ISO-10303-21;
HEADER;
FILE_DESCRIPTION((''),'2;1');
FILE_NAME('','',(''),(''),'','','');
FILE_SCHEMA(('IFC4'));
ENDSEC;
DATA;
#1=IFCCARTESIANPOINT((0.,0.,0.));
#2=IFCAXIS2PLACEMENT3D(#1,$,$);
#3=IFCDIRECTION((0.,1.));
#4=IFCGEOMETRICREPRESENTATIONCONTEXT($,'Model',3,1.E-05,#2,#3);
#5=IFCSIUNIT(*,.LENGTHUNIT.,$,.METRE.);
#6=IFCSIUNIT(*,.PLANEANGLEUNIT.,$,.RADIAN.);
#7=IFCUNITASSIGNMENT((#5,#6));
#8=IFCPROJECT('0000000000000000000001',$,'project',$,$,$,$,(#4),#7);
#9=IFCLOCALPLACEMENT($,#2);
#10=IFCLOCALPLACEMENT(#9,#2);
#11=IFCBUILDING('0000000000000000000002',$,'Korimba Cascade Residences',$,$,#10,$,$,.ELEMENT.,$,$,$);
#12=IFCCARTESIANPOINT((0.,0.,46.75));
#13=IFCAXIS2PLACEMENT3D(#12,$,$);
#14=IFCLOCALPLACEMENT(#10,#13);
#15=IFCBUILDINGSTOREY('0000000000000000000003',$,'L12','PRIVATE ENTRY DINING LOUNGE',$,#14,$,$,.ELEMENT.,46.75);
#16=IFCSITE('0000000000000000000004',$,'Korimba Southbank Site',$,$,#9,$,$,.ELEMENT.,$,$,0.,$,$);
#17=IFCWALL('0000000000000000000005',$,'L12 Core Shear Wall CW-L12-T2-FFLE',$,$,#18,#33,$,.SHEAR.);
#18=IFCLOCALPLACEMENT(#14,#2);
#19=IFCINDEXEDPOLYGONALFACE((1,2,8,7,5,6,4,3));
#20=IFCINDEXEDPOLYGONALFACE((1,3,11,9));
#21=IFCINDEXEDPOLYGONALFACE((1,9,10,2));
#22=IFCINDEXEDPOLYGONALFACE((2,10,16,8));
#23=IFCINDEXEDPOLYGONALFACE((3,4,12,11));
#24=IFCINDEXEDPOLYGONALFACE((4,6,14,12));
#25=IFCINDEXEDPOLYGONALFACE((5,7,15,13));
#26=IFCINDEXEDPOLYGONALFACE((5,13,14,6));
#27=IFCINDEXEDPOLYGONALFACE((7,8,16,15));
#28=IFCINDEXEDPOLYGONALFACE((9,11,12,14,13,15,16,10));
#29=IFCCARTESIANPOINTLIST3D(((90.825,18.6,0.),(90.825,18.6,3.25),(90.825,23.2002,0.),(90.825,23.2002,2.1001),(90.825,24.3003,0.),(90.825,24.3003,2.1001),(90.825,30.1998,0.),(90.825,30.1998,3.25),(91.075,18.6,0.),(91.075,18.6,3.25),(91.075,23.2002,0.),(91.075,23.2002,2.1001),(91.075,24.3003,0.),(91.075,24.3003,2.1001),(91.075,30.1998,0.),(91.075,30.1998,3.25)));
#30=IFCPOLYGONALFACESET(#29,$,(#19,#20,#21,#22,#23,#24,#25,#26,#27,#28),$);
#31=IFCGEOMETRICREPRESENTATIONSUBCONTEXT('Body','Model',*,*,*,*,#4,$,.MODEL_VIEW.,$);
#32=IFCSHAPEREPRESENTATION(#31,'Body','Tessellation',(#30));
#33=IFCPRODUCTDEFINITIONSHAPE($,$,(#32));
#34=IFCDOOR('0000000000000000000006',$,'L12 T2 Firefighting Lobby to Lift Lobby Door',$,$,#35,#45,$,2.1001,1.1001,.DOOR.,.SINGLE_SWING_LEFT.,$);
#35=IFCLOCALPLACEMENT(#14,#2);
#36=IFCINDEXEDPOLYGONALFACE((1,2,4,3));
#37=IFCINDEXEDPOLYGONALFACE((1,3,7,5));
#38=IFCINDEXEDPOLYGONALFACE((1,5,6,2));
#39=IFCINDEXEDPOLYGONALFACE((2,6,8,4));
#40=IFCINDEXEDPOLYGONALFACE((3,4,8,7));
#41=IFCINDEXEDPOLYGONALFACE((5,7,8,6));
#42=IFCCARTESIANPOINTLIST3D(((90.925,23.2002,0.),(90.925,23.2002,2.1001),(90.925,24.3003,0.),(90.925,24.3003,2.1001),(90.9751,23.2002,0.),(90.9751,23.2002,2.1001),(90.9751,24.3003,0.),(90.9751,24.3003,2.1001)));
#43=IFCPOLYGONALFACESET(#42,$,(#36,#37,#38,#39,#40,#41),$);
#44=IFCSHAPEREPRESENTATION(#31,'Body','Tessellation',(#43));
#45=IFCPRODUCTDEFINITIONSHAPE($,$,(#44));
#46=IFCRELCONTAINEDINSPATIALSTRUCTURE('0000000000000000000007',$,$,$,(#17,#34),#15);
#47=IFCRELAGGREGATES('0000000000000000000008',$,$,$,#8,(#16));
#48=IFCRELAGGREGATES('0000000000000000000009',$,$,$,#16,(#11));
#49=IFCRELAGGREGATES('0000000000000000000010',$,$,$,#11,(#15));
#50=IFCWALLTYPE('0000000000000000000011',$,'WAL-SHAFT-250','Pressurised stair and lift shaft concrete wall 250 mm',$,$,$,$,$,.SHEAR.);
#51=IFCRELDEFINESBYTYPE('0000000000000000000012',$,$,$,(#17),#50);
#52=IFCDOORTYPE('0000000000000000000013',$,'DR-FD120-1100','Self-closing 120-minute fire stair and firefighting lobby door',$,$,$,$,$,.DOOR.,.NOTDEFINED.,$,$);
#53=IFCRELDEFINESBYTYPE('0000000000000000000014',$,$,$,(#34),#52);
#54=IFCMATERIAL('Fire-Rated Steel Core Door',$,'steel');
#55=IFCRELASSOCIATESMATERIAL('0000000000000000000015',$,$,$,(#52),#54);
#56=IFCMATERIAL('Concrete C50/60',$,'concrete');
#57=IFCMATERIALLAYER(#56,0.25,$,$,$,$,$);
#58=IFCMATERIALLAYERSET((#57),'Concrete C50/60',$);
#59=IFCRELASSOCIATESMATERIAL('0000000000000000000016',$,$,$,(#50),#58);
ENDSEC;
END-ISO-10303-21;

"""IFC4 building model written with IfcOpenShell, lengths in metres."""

from ifc_helpers import new_model, si_unit, direction, frame, frame_2d, origin, place, context, subcontext, project, spatial, rectangle, extrude, material, layer, layer_set, type_object, element, fill, save


model = new_model("IFC4")

# Units and contexts
model_context = context("Model", 3, precision=1e-05, world=origin(), true_north=direction((0.0, 1.0)))
body_context = subcontext(model_context, "Body", "Model", "MODEL_VIEW")
ifc_project = project(units=[si_unit("LENGTHUNIT", "METRE"), si_unit("PLANEANGLEUNIT", "RADIAN")], contexts=[model_context])

# Site, building, storey
site_placement = place(None, origin())
site = spatial("IfcSite", under=ifc_project, at=site_placement, Name="Korimba Southbank Site", CompositionType="ELEMENT", RefElevation=0.0)
building_placement = place(site_placement, origin())
building = spatial("IfcBuilding", under=site, at=building_placement, Name="Korimba Cascade Residences", CompositionType="ELEMENT")
storey_placement = place(building_placement, frame((0.0, 0.0, 46.75)))
storey = spatial("IfcBuildingStorey", under=building, at=storey_placement, Name="L12", Description="PRIVATE ENTRY DINING LOUNGE", CompositionType="ELEMENT", Elevation=46.75)

# Shared definitions
ifc_material_1 = material(Name="Concrete C50/60", Category="concrete")

# Shared definitions
ifc_material_2 = material(Name="Fire-Rated Steel Core Door", Category="steel")
door_type_1 = type_object("IfcDoorType", Name="DR-FD120-1100", Description="Self-closing 120-minute fire stair and firefighting lobby door", OperationType="NOTDEFINED", PredefinedType="DOOR", material=ifc_material_2)

# Shared definitions
ifc_layer_1 = layer(ifc_material_1, 0.25)
ifc_layer_set_1 = layer_set([ifc_layer_1], Name="Concrete C50/60")
wall_type_1 = type_object("IfcWallType", Name="WAL-SHAFT-250", Description="Pressurised stair and lift shaft concrete wall 250 mm", PredefinedType="SHEAR", material=ifc_layer_set_1)

# Wall, opening, door
wall_1_placement = place(storey_placement, frame((90.95, 18.6001, 0.0), z_axis=(0.0, 0.0, 1.0), x_axis=(0.0, 1.0, 0.0)))
wall_1 = element("IfcWall", 1, at=wall_1_placement, inside=storey, type_object=wall_type_1, Name="L12 Core Shear Wall CW-L12-T2-FFLE", PredefinedType="SHEAR", context=body_context, shape_type="SweptSolid", body=[
    extrude(rectangle(XDim=11.5999, YDim=0.25, at=frame_2d((5.7998, 0.0))), origin(), (0.0, 0.0, 1.0), 3.25),
])
opening_1_placement = place(wall_1_placement, frame((4.6001, 0.0, 0.0)))
opening_1 = element("IfcOpeningElement", 2, at=opening_1_placement, cuts=wall_1, PredefinedType="OPENING", context=body_context, shape_type="SweptSolid", body=[
    extrude(rectangle(XDim=1.1001, YDim=2.1001, at=frame_2d((0.55, 1.05))), frame((0.0, 0.135, 0.0), z_axis=(0.0, -1.0, 0.0), x_axis=(1.0, 0.0, 0.0)), (0.0, 0.0, 1.0), 0.27),
])
door_1_placement = place(opening_1_placement, origin())
door_1 = element("IfcDoor", 3, at=door_1_placement, inside=storey, type_object=door_type_1, Name="L12 T2 Firefighting Lobby to Lift Lobby Door", OperationType="SINGLE_SWING_LEFT", OverallHeight=2.1001, OverallWidth=1.1001, PredefinedType="DOOR", context=body_context, shape_type="SweptSolid", body=[
    extrude(rectangle(XDim=1.1001, YDim=2.1001, at=frame_2d((0.55, 1.05))), frame((0.0, 0.0249, 0.0), z_axis=(0.0, -1.0, 0.0), x_axis=(1.0, 0.0, 0.0)), (0.0, 0.0, 1.0), 0.05),
])
fill(opening_1, door_1)

save(model, "model.ifc")
